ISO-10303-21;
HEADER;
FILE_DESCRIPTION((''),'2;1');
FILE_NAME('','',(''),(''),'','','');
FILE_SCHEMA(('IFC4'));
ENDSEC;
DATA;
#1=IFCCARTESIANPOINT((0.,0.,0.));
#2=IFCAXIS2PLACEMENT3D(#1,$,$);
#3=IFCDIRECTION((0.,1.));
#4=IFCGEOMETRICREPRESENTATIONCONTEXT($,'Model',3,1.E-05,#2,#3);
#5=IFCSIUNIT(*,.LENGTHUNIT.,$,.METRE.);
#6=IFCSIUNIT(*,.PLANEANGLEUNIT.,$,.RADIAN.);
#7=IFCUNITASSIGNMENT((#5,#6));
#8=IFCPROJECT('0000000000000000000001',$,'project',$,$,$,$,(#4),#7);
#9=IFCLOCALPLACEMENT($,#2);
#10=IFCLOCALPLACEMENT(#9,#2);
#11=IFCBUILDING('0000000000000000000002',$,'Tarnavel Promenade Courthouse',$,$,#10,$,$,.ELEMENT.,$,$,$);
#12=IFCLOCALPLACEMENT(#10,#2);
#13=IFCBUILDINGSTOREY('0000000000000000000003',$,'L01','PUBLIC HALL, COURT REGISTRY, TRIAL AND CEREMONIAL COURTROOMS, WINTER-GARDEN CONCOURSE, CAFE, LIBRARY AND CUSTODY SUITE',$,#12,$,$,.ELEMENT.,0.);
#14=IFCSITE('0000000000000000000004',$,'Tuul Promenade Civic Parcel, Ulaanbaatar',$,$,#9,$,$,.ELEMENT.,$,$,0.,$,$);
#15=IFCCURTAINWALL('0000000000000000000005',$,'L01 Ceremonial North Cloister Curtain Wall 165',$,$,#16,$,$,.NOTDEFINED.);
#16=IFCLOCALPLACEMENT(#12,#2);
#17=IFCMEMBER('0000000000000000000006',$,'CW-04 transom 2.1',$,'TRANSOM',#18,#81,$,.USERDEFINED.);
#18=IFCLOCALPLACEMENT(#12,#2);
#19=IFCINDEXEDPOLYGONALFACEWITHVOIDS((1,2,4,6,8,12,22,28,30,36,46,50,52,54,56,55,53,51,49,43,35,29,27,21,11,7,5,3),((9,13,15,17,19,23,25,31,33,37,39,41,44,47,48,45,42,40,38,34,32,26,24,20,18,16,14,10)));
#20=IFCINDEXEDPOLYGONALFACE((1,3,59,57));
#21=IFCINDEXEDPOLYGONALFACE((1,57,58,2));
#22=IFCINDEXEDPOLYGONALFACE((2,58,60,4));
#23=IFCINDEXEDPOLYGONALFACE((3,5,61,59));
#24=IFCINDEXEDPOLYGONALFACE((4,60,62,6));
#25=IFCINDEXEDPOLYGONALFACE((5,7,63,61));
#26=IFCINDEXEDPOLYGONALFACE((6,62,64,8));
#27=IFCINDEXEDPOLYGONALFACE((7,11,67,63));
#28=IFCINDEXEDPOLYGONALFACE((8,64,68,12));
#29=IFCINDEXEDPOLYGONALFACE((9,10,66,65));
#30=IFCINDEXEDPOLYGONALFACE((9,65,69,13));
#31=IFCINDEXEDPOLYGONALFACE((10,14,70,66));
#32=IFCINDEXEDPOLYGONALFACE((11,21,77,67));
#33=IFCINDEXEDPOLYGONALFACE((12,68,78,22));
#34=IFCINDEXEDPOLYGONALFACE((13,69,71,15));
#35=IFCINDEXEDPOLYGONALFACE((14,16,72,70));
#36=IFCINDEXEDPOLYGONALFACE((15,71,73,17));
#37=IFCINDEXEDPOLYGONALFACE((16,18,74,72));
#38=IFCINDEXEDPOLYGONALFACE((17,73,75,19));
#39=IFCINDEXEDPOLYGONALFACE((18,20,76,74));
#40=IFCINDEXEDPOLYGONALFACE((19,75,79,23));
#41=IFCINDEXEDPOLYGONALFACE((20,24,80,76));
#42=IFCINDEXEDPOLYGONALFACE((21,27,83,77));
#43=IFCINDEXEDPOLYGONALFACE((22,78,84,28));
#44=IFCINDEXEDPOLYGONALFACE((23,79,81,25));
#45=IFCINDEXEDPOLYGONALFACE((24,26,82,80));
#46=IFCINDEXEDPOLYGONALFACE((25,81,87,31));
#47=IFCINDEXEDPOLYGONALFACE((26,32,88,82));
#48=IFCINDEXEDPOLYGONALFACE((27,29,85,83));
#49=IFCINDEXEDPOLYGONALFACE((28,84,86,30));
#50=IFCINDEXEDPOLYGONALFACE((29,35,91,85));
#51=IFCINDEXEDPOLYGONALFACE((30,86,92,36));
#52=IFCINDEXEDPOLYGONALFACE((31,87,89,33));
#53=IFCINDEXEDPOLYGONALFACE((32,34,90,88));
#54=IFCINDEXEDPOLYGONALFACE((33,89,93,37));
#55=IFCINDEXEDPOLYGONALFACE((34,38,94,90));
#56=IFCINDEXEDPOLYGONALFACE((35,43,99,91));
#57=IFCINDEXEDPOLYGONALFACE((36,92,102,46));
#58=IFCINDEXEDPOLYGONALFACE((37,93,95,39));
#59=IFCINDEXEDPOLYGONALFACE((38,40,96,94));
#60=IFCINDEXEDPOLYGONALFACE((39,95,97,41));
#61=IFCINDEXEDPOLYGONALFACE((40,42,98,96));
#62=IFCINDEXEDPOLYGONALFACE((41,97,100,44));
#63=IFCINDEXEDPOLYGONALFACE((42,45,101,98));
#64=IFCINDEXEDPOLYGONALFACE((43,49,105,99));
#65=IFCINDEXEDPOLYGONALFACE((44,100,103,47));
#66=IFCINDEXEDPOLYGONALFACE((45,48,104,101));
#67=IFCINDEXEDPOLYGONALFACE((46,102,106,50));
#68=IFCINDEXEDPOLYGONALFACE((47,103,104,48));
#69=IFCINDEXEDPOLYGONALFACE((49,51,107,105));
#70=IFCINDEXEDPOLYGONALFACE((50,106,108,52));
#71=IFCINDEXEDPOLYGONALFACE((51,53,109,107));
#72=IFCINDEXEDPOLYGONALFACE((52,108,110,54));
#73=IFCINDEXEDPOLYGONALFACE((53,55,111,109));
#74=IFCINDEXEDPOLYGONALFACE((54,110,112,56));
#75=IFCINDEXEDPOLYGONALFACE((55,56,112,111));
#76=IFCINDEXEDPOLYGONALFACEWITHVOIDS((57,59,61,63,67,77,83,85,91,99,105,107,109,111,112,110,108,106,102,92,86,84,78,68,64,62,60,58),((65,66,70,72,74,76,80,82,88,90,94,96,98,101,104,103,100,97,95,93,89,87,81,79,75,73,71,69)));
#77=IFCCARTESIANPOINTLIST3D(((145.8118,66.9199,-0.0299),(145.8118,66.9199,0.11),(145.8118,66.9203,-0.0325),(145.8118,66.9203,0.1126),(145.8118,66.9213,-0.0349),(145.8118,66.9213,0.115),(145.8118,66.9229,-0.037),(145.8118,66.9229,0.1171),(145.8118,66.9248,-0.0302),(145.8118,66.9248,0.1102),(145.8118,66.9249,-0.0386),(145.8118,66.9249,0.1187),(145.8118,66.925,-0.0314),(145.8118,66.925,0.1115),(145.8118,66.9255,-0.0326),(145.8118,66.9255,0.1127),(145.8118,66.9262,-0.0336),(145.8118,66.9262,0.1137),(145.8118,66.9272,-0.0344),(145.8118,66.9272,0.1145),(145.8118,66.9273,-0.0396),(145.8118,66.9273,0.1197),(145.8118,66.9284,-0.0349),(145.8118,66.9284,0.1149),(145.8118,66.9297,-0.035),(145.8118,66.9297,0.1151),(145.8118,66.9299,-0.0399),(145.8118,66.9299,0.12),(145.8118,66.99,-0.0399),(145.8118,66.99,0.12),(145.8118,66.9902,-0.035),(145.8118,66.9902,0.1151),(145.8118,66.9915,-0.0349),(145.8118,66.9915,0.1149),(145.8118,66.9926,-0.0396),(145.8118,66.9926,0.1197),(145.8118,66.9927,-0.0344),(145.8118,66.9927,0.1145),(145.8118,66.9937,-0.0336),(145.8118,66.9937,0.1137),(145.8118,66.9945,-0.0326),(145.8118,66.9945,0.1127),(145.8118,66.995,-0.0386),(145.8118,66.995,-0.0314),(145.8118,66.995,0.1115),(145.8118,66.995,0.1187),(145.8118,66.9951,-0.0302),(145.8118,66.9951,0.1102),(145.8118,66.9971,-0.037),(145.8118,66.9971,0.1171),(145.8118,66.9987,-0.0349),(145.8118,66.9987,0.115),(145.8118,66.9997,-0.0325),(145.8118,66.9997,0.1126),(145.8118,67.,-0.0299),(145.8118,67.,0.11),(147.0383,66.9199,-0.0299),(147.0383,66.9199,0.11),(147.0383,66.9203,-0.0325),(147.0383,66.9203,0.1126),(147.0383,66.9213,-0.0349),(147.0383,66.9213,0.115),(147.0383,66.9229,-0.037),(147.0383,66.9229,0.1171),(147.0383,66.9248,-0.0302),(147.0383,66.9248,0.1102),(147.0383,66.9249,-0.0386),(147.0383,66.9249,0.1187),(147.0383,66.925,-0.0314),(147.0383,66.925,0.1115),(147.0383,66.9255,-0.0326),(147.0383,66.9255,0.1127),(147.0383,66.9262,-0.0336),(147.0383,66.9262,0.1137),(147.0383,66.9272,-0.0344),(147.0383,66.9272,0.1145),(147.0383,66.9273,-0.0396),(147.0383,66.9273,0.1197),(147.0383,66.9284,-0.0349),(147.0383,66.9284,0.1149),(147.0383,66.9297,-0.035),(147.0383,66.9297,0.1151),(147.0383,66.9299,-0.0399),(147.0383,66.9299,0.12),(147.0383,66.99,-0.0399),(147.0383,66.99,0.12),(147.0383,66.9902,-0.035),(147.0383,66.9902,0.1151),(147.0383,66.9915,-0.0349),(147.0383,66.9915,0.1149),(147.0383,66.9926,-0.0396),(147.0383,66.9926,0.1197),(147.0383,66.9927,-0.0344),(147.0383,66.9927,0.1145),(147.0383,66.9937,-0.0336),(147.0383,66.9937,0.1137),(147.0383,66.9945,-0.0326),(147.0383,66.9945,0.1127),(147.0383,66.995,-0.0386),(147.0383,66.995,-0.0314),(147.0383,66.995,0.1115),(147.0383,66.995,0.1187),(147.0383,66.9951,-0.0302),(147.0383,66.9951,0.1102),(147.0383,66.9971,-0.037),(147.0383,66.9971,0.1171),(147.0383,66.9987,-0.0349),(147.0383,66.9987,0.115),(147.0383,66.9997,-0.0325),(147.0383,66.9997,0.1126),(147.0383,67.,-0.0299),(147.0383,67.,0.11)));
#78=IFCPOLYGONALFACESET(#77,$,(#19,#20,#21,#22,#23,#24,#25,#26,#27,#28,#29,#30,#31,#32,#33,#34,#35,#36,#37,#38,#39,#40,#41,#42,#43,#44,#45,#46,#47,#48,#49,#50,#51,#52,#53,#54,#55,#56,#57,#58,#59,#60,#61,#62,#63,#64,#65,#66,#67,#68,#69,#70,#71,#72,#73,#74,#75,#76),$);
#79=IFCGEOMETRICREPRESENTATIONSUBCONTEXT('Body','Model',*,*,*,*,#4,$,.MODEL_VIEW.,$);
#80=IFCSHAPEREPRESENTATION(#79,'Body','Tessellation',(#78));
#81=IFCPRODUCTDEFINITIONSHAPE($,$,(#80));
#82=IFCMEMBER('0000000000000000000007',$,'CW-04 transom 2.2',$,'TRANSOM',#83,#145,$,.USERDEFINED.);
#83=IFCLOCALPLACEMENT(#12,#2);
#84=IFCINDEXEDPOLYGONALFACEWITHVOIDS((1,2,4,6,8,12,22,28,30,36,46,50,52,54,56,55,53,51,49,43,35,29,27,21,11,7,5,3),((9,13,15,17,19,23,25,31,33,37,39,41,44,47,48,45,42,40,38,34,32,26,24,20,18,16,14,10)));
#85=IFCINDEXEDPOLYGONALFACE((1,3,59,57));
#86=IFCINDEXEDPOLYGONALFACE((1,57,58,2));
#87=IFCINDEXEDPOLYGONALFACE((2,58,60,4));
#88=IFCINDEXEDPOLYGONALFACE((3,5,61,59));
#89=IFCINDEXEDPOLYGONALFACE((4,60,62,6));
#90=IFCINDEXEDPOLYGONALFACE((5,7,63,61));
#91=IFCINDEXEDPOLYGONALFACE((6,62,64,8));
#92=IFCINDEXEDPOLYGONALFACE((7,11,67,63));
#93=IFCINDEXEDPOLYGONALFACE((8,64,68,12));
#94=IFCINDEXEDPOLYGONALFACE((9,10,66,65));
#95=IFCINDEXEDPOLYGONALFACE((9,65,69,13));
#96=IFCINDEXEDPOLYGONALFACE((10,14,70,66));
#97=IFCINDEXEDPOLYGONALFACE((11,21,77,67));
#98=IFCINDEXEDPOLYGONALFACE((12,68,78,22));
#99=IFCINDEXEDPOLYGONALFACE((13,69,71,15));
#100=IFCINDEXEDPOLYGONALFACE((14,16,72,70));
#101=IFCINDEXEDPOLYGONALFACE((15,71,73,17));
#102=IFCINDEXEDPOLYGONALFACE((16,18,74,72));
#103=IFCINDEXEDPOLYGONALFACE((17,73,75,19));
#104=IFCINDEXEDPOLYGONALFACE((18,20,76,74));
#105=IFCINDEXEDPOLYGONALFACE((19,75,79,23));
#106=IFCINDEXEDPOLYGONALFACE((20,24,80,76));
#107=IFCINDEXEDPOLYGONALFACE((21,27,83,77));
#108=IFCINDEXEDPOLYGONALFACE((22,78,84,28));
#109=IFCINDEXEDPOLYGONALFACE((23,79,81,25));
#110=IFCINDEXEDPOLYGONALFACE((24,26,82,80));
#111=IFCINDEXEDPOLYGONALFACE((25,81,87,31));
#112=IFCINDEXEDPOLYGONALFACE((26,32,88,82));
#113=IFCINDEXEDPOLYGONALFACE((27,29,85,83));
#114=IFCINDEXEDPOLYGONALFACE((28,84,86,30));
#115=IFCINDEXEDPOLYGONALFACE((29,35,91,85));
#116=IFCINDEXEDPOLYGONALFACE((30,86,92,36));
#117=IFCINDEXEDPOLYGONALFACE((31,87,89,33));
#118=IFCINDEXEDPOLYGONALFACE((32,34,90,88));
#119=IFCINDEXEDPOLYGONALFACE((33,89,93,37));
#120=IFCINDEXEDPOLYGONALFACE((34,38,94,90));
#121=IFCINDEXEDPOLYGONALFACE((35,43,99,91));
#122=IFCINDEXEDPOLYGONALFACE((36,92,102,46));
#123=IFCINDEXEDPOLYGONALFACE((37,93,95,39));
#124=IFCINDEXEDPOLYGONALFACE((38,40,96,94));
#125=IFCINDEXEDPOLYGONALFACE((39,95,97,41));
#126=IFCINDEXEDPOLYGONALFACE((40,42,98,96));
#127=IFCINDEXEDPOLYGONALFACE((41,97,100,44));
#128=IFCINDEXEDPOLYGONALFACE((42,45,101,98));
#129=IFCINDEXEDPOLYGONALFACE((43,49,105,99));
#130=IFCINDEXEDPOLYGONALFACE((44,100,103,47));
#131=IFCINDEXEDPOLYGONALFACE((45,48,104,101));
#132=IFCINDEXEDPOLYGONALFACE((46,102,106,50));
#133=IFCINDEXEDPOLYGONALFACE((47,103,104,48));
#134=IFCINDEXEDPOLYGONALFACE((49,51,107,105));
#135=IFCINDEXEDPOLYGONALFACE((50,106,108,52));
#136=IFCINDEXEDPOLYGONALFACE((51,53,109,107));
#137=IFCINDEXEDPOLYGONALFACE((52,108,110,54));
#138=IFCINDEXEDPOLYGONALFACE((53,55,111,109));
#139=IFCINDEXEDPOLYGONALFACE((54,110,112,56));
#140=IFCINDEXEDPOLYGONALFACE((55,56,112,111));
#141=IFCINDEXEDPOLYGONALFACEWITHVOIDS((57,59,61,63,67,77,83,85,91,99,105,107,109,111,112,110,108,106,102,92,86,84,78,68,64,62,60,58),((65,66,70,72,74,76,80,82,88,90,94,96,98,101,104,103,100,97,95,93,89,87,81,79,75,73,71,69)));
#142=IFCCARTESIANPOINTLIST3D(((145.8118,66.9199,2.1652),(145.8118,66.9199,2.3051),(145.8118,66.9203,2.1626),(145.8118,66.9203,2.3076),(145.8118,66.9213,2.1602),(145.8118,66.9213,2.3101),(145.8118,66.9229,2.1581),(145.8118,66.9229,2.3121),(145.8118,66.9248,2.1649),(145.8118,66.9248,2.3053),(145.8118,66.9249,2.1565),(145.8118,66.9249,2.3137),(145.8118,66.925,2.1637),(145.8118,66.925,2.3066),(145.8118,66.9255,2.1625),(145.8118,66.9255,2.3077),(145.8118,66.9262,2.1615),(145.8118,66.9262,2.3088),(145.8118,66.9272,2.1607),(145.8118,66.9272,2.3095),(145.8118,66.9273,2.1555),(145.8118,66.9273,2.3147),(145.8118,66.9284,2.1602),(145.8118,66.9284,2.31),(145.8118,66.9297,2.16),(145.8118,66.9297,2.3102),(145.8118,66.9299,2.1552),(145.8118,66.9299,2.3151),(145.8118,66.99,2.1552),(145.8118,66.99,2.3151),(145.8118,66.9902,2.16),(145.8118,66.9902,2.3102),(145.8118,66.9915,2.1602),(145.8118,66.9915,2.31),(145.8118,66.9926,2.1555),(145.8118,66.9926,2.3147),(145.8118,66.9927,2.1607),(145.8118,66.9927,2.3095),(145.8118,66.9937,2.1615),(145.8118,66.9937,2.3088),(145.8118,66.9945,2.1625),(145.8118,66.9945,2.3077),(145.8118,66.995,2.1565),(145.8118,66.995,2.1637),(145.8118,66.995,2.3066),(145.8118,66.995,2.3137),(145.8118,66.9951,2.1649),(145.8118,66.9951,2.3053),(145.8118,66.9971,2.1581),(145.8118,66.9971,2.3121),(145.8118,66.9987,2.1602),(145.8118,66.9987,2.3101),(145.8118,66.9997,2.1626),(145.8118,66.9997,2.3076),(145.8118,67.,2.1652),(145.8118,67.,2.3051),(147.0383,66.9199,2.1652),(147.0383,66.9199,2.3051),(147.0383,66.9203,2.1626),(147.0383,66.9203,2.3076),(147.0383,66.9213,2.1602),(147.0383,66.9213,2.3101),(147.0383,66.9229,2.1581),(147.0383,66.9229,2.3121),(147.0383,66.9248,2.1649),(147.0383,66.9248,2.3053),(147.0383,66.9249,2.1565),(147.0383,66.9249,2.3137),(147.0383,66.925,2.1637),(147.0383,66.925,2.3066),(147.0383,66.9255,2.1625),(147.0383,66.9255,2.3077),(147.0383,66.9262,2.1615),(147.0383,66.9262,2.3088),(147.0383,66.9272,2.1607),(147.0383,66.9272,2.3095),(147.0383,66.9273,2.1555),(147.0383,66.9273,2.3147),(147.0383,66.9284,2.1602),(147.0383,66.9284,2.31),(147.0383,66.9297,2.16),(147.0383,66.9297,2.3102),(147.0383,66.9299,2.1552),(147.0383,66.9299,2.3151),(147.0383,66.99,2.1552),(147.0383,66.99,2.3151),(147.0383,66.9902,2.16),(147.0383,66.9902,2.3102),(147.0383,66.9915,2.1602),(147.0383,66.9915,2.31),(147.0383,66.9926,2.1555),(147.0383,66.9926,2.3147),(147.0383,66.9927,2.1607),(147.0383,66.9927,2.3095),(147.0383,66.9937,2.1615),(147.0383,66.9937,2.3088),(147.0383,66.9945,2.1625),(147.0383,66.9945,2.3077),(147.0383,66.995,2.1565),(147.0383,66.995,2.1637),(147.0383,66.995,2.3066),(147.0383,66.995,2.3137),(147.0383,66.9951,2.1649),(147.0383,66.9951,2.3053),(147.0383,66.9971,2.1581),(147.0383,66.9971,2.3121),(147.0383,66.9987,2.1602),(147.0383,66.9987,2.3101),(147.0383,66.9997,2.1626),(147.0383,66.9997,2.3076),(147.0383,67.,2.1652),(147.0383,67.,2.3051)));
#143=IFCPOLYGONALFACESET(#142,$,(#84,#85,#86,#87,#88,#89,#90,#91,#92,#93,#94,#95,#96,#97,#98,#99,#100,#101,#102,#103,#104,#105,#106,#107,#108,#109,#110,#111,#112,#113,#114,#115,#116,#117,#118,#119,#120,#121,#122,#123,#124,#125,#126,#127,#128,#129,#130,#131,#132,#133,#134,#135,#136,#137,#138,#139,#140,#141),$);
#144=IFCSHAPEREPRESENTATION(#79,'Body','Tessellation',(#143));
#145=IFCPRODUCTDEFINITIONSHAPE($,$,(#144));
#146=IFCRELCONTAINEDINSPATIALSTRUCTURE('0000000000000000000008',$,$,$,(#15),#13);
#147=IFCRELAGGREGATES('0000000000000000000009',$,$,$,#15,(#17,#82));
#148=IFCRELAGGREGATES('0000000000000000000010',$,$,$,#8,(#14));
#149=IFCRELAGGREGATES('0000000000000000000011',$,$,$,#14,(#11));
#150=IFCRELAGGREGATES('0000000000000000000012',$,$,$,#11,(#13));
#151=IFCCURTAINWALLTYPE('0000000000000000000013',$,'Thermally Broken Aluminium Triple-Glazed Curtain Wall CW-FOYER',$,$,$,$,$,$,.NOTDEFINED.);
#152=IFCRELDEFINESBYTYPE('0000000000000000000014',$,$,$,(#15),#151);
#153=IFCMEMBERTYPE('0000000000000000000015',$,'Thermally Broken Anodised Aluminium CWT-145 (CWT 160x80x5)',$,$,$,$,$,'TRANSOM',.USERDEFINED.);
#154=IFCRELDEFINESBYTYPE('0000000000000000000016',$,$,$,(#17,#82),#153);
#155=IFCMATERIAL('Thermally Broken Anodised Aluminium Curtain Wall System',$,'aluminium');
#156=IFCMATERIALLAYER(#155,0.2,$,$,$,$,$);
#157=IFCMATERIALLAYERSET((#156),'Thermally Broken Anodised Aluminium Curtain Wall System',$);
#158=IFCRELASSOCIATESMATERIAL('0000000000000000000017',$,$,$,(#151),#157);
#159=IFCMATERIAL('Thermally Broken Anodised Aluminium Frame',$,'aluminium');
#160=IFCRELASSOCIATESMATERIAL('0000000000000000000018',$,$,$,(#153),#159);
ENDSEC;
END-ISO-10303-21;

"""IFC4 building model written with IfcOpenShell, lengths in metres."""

from ifc_helpers import new_model, si_unit, direction, frame, origin, origin_2d, place, context, subcontext, project, spatial, hollow_rectangle, extrude, material, layer, layer_set, material_profile, profile_set, type_object, element, aggregate, save


model = new_model("IFC4")

# Units and contexts
model_context = context("Model", 3, precision=1e-05, world=origin(), true_north=direction((0.0, 1.0)))
body_context = subcontext(model_context, "Body", "Model", "MODEL_VIEW")
ifc_project = project(units=[si_unit("LENGTHUNIT", "METRE"), si_unit("PLANEANGLEUNIT", "RADIAN")], contexts=[model_context])

# Site, building, storey
site_placement = place(None, origin())
site = spatial("IfcSite", under=ifc_project, at=site_placement, Name="Tuul Promenade Civic Parcel, Ulaanbaatar", CompositionType="ELEMENT", RefElevation=0.0)
building_placement = place(site_placement, origin())
building = spatial("IfcBuilding", under=site, at=building_placement, Name="Tarnavel Promenade Courthouse", CompositionType="ELEMENT")
storey_placement = place(building_placement, origin())
storey = spatial("IfcBuildingStorey", under=building, at=storey_placement, Name="L01", Description="PUBLIC HALL, COURT REGISTRY, TRIAL AND CEREMONIAL COURTROOMS, WINTER-GARDEN CONCOURSE, CAFE, LIBRARY AND CUSTODY SUITE", CompositionType="ELEMENT", Elevation=0.0)

# Curtain wall
ifc_material_1 = material(Name="Thermally Broken Anodised Aluminium Curtain Wall System", Category="aluminium")
ifc_layer_1 = layer(ifc_material_1, 0.2)
ifc_layer_set_1 = layer_set([ifc_layer_1], Name="Thermally Broken Anodised Aluminium Curtain Wall System")
curtain_wall_type = type_object("IfcCurtainWallType", Name="Thermally Broken Aluminium Triple-Glazed Curtain Wall CW-FOYER", PredefinedType="NOTDEFINED", material=ifc_layer_set_1)
ifc_material_2 = material(Name="Thermally Broken Anodised Aluminium Frame", Category="aluminium")
curtain_wall_1_placement = place(storey_placement, origin())
curtain_wall_1 = element("IfcCurtainWall", 1, at=curtain_wall_1_placement, inside=storey, type_object=curtain_wall_type, Name="L01 Ceremonial North Cloister Curtain Wall 165", PredefinedType="NOTDEFINED")

# Members
ifc_material_profile_1 = material_profile(ifc_material_2, hollow_rectangle(XDim=0.0801, YDim=0.1599, WallThickness=0.0049, InnerFilletRadius=0.0049, OuterFilletRadius=0.01, at=origin_2d()), Name="CWT 160x80x5")
ifc_profile_set_1 = profile_set([ifc_material_profile_1], Name="Thermally Broken Anodised Aluminium Frame")
member_type_1 = type_object("IfcMemberType", Name="Thermally Broken Anodised Aluminium CWT-145 (CWT 160x80x5)", ElementType="TRANSOM", PredefinedType="USERDEFINED", material=ifc_profile_set_1)
member_1_placement = place(storey_placement, frame((147.0383, 66.96, 0.04), z_axis=(-1.0, 0.0, 0.0), x_axis=(0.0, -1.0, 0.0)))
member_1 = element("IfcMember", 2, at=member_1_placement, type_object=member_type_1, Name="CW-04 transom 2.1", ObjectType="TRANSOM", PredefinedType="USERDEFINED", context=body_context, shape_type="SweptSolid", body=[
    extrude(hollow_rectangle(XDim=0.0801, YDim=0.1599, WallThickness=0.0049, InnerFilletRadius=0.0049, OuterFilletRadius=0.01, at=origin_2d()), origin(), (0.0, 0.0, 1.0), 1.2266),
])
member_2_placement = place(storey_placement, frame((147.0383, 66.96, 2.2351), z_axis=(-1.0, 0.0, 0.0), x_axis=(0.0, -1.0, 0.0)))
member_2 = element("IfcMember", 3, at=member_2_placement, type_object=member_type_1, Name="CW-04 transom 2.2", ObjectType="TRANSOM", PredefinedType="USERDEFINED", context=body_context, shape_type="SweptSolid", body=[
    extrude(hollow_rectangle(XDim=0.0801, YDim=0.1599, WallThickness=0.0049, InnerFilletRadius=0.0049, OuterFilletRadius=0.01, at=origin_2d()), origin(), (0.0, 0.0, 1.0), 1.2266),
])

aggregate(curtain_wall_1, [member_1, member_2])

save(model, "model.ifc")
